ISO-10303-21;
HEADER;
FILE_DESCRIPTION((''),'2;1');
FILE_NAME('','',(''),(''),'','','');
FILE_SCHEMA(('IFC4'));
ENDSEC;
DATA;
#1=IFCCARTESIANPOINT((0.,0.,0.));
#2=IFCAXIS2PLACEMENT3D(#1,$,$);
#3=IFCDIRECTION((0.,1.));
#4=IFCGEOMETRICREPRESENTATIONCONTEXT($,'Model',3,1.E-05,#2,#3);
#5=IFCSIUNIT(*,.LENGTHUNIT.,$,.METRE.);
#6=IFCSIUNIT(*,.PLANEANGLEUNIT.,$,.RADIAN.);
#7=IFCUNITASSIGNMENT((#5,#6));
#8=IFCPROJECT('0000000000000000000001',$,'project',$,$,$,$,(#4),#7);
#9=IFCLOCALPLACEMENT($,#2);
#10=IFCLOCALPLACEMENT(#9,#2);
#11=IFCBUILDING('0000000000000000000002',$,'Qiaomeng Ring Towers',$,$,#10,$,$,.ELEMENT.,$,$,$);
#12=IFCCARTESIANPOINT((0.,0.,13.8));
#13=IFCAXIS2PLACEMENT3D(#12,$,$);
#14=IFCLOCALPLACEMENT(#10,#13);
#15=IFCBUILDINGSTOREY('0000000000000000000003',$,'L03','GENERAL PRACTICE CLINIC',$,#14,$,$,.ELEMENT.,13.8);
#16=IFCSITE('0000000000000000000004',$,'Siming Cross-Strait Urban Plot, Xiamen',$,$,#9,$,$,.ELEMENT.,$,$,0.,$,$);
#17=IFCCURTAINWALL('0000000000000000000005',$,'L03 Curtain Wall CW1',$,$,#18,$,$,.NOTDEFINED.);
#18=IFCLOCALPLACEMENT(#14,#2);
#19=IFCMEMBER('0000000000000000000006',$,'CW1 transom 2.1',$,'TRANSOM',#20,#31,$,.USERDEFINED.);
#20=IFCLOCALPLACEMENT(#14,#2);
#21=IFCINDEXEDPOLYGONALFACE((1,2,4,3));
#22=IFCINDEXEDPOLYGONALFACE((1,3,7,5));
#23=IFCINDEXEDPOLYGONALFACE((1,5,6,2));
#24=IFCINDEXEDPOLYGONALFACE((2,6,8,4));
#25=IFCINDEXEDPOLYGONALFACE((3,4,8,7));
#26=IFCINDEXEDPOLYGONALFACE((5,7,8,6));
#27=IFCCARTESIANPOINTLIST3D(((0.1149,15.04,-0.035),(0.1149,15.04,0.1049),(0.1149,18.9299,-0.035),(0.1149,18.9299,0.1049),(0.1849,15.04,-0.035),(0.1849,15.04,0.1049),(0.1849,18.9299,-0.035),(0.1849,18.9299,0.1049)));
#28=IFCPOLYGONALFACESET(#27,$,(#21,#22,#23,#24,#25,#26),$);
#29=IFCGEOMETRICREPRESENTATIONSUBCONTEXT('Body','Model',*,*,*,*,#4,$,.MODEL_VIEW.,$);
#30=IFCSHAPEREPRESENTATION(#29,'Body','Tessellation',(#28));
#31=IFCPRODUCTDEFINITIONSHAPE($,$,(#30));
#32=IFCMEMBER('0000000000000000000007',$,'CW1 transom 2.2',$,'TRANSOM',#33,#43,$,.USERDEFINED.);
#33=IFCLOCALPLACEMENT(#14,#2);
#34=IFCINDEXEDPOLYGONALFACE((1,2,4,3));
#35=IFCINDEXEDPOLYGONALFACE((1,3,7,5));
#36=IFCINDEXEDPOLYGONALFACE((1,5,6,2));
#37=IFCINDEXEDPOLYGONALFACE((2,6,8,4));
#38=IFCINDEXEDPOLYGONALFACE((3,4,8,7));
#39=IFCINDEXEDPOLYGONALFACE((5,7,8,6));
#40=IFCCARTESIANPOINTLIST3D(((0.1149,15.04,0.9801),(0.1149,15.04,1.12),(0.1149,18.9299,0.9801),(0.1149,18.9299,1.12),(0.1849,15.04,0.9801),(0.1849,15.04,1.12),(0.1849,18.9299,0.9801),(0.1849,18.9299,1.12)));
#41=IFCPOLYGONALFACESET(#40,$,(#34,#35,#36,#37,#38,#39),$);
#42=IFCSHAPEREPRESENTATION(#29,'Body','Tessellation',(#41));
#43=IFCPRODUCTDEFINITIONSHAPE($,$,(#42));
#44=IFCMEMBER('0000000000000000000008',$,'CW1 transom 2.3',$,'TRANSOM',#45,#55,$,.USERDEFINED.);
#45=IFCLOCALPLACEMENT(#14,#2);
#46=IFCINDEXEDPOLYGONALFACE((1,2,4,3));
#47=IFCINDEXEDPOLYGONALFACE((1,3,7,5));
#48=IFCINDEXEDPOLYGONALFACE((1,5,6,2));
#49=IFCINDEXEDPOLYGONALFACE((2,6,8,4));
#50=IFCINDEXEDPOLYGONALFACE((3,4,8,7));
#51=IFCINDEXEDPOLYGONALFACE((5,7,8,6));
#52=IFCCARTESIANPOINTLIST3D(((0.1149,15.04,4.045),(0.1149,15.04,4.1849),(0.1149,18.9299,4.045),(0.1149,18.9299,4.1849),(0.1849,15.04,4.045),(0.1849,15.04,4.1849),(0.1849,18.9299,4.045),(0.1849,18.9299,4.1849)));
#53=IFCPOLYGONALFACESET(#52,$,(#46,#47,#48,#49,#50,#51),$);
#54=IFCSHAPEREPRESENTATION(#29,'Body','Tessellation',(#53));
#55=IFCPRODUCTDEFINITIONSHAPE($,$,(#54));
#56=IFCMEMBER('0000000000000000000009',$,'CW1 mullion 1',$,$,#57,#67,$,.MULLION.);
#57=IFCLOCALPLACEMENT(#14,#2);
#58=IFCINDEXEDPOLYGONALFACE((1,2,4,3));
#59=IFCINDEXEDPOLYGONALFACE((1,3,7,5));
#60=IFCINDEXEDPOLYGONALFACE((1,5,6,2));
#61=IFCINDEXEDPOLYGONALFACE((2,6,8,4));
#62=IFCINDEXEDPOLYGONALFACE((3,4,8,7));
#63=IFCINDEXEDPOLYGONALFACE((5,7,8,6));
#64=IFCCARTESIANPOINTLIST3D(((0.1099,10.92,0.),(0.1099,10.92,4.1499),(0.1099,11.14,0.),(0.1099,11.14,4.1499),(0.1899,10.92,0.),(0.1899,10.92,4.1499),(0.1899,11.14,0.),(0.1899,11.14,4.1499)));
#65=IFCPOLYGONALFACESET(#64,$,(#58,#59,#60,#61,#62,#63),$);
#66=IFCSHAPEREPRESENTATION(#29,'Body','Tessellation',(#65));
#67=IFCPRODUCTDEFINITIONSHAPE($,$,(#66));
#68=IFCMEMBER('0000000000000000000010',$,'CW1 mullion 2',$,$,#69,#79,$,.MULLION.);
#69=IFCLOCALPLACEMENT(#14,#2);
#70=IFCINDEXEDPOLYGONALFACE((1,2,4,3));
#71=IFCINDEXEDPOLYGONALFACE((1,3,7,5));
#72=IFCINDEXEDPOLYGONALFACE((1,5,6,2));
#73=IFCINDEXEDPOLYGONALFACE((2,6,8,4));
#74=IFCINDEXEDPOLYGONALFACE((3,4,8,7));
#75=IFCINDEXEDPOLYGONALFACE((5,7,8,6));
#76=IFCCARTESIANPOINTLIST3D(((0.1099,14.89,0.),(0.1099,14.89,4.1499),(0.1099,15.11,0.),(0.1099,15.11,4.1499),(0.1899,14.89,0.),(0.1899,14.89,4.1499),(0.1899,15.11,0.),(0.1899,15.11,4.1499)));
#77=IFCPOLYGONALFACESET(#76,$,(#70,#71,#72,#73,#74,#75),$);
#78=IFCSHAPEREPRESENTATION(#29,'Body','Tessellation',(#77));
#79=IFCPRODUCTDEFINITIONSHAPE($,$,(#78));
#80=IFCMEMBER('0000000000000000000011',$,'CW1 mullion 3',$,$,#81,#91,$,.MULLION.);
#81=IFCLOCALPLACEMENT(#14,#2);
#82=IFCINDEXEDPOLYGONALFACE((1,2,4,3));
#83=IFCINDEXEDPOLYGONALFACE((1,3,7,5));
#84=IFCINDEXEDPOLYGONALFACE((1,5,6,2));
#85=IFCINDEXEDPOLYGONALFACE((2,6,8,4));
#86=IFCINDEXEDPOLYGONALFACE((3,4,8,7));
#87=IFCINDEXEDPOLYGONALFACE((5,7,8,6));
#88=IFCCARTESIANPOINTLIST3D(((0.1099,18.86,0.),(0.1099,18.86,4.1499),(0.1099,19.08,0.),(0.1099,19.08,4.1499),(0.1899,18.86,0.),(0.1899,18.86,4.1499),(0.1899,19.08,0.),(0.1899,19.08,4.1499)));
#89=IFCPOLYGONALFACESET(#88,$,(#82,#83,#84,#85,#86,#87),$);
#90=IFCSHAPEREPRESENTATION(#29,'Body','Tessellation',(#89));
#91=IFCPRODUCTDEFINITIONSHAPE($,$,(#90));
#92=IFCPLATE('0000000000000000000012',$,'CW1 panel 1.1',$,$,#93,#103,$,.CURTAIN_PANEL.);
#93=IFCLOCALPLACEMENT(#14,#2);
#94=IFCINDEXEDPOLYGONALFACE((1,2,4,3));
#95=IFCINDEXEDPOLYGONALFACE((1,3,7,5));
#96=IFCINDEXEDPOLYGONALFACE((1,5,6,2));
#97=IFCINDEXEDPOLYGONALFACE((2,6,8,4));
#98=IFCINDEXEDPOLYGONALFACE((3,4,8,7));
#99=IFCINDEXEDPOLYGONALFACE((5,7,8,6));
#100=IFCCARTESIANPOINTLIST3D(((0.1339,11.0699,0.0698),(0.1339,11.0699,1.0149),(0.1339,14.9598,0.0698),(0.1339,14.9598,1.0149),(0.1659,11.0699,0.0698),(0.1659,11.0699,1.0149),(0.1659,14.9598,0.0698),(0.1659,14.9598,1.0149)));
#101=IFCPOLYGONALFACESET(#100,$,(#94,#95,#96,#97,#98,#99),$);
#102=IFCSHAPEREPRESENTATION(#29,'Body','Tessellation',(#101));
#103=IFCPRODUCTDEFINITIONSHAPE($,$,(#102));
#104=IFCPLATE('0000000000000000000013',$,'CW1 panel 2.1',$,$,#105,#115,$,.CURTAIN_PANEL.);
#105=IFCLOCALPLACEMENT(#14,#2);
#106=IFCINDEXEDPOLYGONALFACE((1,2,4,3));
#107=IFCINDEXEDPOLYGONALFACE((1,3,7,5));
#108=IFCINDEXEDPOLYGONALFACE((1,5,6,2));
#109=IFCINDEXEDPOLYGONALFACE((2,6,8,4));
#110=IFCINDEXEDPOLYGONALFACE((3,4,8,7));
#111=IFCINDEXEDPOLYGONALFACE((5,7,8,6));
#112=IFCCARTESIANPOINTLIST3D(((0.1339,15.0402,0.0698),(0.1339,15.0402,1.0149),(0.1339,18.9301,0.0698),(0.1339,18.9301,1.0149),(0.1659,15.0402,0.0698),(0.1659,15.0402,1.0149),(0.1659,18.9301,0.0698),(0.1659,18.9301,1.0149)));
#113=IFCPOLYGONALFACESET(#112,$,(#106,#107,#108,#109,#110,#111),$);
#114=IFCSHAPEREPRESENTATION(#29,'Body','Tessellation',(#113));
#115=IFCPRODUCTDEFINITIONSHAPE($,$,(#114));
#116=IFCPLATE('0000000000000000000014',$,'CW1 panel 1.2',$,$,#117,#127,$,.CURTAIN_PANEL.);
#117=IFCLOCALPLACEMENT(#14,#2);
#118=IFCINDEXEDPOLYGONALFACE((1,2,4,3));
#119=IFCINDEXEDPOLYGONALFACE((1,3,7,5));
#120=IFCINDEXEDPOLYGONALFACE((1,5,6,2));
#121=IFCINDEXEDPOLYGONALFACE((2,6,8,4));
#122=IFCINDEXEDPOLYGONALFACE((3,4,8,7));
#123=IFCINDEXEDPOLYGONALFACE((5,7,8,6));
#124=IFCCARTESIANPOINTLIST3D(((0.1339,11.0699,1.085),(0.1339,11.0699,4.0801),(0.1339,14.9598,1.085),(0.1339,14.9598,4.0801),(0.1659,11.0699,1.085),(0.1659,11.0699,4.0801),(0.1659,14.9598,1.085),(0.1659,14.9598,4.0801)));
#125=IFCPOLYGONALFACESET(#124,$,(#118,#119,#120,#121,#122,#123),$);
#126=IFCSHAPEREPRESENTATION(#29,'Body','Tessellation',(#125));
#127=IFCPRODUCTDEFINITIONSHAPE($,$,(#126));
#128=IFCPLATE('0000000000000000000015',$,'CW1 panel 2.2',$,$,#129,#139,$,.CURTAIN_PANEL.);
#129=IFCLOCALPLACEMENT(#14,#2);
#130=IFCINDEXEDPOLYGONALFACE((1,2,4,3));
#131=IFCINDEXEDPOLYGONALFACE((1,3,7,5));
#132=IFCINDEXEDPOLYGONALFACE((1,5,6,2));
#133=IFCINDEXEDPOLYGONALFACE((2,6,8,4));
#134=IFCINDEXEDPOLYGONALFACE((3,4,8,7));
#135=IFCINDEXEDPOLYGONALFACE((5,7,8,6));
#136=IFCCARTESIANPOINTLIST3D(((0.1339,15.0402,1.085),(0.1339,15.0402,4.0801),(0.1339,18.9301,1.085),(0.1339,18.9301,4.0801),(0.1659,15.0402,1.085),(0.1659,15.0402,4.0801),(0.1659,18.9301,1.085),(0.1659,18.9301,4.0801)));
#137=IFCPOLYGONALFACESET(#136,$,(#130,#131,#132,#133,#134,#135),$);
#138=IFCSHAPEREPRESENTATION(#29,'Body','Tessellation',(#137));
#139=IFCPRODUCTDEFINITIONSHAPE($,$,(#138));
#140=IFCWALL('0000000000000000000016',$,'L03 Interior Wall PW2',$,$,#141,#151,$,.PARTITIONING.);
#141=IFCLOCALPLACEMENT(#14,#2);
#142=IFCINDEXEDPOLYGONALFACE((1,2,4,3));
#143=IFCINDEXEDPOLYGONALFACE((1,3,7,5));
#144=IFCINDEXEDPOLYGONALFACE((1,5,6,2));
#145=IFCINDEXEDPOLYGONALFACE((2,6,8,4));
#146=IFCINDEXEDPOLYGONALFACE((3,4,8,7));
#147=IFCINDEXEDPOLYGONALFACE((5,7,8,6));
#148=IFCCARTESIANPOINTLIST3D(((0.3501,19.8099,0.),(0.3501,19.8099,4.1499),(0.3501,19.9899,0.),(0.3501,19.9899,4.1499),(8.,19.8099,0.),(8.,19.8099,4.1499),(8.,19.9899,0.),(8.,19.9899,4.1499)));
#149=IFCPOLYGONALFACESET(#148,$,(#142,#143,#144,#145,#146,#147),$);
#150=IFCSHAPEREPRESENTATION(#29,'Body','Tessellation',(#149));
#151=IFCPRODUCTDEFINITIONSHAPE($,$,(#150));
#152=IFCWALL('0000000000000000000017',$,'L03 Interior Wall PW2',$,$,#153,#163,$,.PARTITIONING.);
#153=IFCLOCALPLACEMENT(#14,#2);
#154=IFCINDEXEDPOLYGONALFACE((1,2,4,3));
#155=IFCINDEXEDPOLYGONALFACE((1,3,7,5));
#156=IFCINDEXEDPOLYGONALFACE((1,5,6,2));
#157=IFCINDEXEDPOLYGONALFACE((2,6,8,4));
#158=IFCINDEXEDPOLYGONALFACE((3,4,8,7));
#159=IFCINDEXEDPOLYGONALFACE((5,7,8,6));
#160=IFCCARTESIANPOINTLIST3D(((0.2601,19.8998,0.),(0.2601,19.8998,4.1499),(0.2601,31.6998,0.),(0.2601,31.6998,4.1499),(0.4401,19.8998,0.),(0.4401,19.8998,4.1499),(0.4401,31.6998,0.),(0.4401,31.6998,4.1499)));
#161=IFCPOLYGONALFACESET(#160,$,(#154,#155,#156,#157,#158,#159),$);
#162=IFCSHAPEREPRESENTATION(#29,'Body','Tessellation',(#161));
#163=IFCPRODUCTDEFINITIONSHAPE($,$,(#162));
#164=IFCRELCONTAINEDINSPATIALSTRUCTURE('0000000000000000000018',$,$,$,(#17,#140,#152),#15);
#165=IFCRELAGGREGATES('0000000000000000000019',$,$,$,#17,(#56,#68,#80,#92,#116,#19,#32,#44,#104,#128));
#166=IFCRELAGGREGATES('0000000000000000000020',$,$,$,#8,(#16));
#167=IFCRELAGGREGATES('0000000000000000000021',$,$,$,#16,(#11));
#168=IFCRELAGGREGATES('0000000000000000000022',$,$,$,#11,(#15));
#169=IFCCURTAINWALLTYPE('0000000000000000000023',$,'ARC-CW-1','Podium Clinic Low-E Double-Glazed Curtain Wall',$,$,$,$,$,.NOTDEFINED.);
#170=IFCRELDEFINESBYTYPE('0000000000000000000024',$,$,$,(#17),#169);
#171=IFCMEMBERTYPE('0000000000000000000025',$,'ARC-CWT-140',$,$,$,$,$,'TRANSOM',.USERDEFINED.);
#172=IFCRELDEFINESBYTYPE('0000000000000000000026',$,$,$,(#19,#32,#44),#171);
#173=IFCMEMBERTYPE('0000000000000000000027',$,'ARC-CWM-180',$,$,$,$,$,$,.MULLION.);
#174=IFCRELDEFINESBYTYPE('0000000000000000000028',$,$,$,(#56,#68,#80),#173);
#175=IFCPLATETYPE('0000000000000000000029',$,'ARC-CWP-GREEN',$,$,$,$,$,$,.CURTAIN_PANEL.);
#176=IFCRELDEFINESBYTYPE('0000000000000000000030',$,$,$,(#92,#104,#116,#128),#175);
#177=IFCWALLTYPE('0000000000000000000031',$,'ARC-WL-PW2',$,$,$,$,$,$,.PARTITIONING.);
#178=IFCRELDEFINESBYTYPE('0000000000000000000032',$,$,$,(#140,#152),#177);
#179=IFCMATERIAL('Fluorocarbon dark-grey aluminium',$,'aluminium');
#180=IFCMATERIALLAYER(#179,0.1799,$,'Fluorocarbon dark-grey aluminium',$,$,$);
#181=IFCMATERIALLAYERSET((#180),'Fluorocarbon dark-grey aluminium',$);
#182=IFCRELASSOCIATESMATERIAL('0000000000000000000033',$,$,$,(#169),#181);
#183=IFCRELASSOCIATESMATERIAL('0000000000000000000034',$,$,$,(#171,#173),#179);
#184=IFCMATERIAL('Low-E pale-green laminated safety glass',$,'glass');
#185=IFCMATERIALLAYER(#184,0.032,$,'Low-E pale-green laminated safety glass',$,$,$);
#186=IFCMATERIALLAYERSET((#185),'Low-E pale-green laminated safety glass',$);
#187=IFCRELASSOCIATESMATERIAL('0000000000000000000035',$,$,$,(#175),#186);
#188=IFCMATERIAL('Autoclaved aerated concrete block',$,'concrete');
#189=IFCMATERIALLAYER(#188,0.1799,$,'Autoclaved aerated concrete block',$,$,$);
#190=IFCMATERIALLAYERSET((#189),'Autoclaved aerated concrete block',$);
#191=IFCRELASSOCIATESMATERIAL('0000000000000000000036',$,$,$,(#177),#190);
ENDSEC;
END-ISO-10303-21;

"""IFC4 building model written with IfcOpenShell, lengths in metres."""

from ifc_helpers import new_model, si_unit, direction, frame, frame_2d, origin, origin_2d, place, context, subcontext, project, spatial, rectangle, extrude, source, transform, mapped, material, layer, layer_set, material_profile, profile_set, type_object, element, aggregate, save


model = new_model("IFC4")

# Units and contexts
model_context = context("Model", 3, precision=1e-05, world=origin(), true_north=direction((0.0, 1.0)))
body_context = subcontext(model_context, "Body", "Model", "MODEL_VIEW")
ifc_project = project(units=[si_unit("LENGTHUNIT", "METRE"), si_unit("PLANEANGLEUNIT", "RADIAN")], contexts=[model_context])

# Site, building, storey
site_placement = place(None, origin())
site = spatial("IfcSite", under=ifc_project, at=site_placement, Name="Siming Cross-Strait Urban Plot, Xiamen", CompositionType="ELEMENT", RefElevation=0.0)
building_placement = place(site_placement, origin())
building = spatial("IfcBuilding", under=site, at=building_placement, Name="Qiaomeng Ring Towers", CompositionType="ELEMENT")
storey_placement = place(building_placement, frame((0.0, 0.0, 13.8)))
storey = spatial("IfcBuildingStorey", under=building, at=storey_placement, Name="L03", Description="GENERAL PRACTICE CLINIC", CompositionType="ELEMENT", Elevation=13.8)

# Curtain wall, members, plates
ifc_material_1 = material(Name="Fluorocarbon dark-grey aluminium", Category="aluminium")
ifc_layer_1 = layer(ifc_material_1, 0.1799, Name="Fluorocarbon dark-grey aluminium")
ifc_layer_set_1 = layer_set([ifc_layer_1], Name="Fluorocarbon dark-grey aluminium")
curtain_wall_type = type_object("IfcCurtainWallType", Name="ARC-CW-1", Description="Podium Clinic Low-E Double-Glazed Curtain Wall", PredefinedType="NOTDEFINED", material=ifc_layer_set_1)
curtain_wall_placement = place(storey_placement, origin())
curtain_wall = element("IfcCurtainWall", 1, at=curtain_wall_placement, inside=storey, type_object=curtain_wall_type, Name="L03 Curtain Wall CW1", PredefinedType="NOTDEFINED")
ifc_material_profile_1 = material_profile(ifc_material_1, rectangle(XDim=0.0701, YDim=0.1399, at=origin_2d()), Name="ALU TRAN 70x140")
ifc_profile_set_1 = profile_set([ifc_material_profile_1], Name="Fluorocarbon dark-grey aluminium")
member_type_1 = type_object("IfcMemberType", Name="ARC-CWT-140", ElementType="TRANSOM", PredefinedType="USERDEFINED", material=ifc_profile_set_1)
shared_shape_1 = source(origin(), body_context, "Body", "SweptSolid", [
    extrude(rectangle(XDim=0.0701, YDim=0.1399, at=origin_2d()), origin(), (0.0, 0.0, 1.0), 3.8899),
])
member_1_placement = place(storey_placement, frame((0.1499, 15.04, 0.0349), z_axis=(0.0, 1.0, 0.0), x_axis=(-1.0, 0.0, 0.0)))
member_1 = element("IfcMember", 2, at=member_1_placement, type_object=member_type_1, Name="CW1 transom 2.1", ObjectType="TRANSOM", PredefinedType="USERDEFINED", context=body_context, shape_type="MappedRepresentation", body=[
    mapped(shared_shape_1, transform((0.0, 0.0, 0.0), x_axis=(1.0, 0.0, 0.0), y_axis=(0.0, 1.0, 0.0), z_axis=(0.0, 0.0, 1.0), scale=1.0)),
])
member_2_placement = place(storey_placement, frame((0.1499, 15.04, 1.05), z_axis=(0.0, 1.0, 0.0), x_axis=(-1.0, 0.0, 0.0)))
member_2 = element("IfcMember", 3, at=member_2_placement, type_object=member_type_1, Name="CW1 transom 2.2", ObjectType="TRANSOM", PredefinedType="USERDEFINED", context=body_context, shape_type="MappedRepresentation", body=[
    mapped(shared_shape_1, transform((0.0, 0.0, 0.0), x_axis=(1.0, 0.0, 0.0), y_axis=(0.0, 1.0, 0.0), z_axis=(0.0, 0.0, 1.0), scale=1.0)),
])
member_3_placement = place(storey_placement, frame((0.1499, 15.04, 4.115), z_axis=(0.0, 1.0, 0.0), x_axis=(-1.0, 0.0, 0.0)))
member_3 = element("IfcMember", 4, at=member_3_placement, type_object=member_type_1, Name="CW1 transom 2.3", ObjectType="TRANSOM", PredefinedType="USERDEFINED", context=body_context, shape_type="MappedRepresentation", body=[
    mapped(shared_shape_1, transform((0.0, 0.0, 0.0), x_axis=(1.0, 0.0, 0.0), y_axis=(0.0, 1.0, 0.0), z_axis=(0.0, 0.0, 1.0), scale=1.0)),
])
ifc_material_profile_2 = material_profile(ifc_material_1, rectangle(XDim=0.0801, YDim=0.22, at=origin_2d()), Name="ALU MULL 80x220")
ifc_profile_set_2 = profile_set([ifc_material_profile_2], Name="Fluorocarbon dark-grey aluminium")
member_type_2 = type_object("IfcMemberType", Name="ARC-CWM-180", PredefinedType="MULLION", material=ifc_profile_set_2)
shared_shape_2 = source(origin(), body_context, "Body", "SweptSolid", [
    extrude(rectangle(XDim=0.0801, YDim=0.22, at=origin_2d()), origin(), (0.0, 0.0, 1.0), 4.1499),
])
member_4_placement = place(storey_placement, frame((0.1499, 11.03, 0.0), z_axis=(0.0, 0.0, 1.0), x_axis=(-1.0, 0.0, 0.0)))
member_4 = element("IfcMember", 5, at=member_4_placement, type_object=member_type_2, Name="CW1 mullion 1", PredefinedType="MULLION", context=body_context, shape_type="MappedRepresentation", body=[
    mapped(shared_shape_2, transform((0.0, 0.0, 0.0), x_axis=(1.0, 0.0, 0.0), y_axis=(0.0, 1.0, 0.0), z_axis=(0.0, 0.0, 1.0), scale=1.0)),
])
member_5_placement = place(storey_placement, frame((0.1499, 15.0, 0.0), z_axis=(0.0, 0.0, 1.0), x_axis=(-1.0, 0.0, 0.0)))
member_5 = element("IfcMember", 6, at=member_5_placement, type_object=member_type_2, Name="CW1 mullion 2", PredefinedType="MULLION", context=body_context, shape_type="MappedRepresentation", body=[
    mapped(shared_shape_2, transform((0.0, 0.0, 0.0), x_axis=(1.0, 0.0, 0.0), y_axis=(0.0, 1.0, 0.0), z_axis=(0.0, 0.0, 1.0), scale=1.0)),
])
member_6_placement = place(storey_placement, frame((0.1499, 18.97, 0.0), z_axis=(0.0, 0.0, 1.0), x_axis=(-1.0, 0.0, 0.0)))
member_6 = element("IfcMember", 7, at=member_6_placement, type_object=member_type_2, Name="CW1 mullion 3", PredefinedType="MULLION", context=body_context, shape_type="MappedRepresentation", body=[
    mapped(shared_shape_2, transform((0.0, 0.0, 0.0), x_axis=(1.0, 0.0, 0.0), y_axis=(0.0, 1.0, 0.0), z_axis=(0.0, 0.0, 1.0), scale=1.0)),
])
ifc_material_2 = material(Name="Low-E pale-green laminated safety glass", Category="glass")
ifc_layer_2 = layer(ifc_material_2, 0.032, Name="Low-E pale-green laminated safety glass")
ifc_layer_set_2 = layer_set([ifc_layer_2], Name="Low-E pale-green laminated safety glass")
plate_type = type_object("IfcPlateType", Name="ARC-CWP-GREEN", PredefinedType="CURTAIN_PANEL", material=ifc_layer_set_2)
shared_shape_3 = source(origin(), body_context, "Body", "SweptSolid", [
    extrude(rectangle(XDim=3.8899, YDim=0.032, at=origin_2d()), origin(), (0.0, 0.0, 1.0), 0.9451),
])
plate_1_placement = place(storey_placement, frame((0.1499, 13.0149, 0.0698), z_axis=(0.0, 0.0, 1.0), x_axis=(0.0, 1.0, 0.0)))
plate_1 = element("IfcPlate", 8, at=plate_1_placement, type_object=plate_type, Name="CW1 panel 1.1", PredefinedType="CURTAIN_PANEL", context=body_context, shape_type="MappedRepresentation", body=[
    mapped(shared_shape_3, transform((0.0, 0.0, 0.0), x_axis=(1.0, 0.0, 0.0), y_axis=(0.0, 1.0, 0.0), z_axis=(0.0, 0.0, 1.0), scale=1.0)),
])
plate_2_placement = place(storey_placement, frame((0.1499, 16.9851, 0.0698), z_axis=(0.0, 0.0, 1.0), x_axis=(0.0, 1.0, 0.0)))
plate_2 = element("IfcPlate", 9, at=plate_2_placement, type_object=plate_type, Name="CW1 panel 2.1", PredefinedType="CURTAIN_PANEL", context=body_context, shape_type="MappedRepresentation", body=[
    mapped(shared_shape_3, transform((0.0, 0.0, 0.0), x_axis=(1.0, 0.0, 0.0), y_axis=(0.0, 1.0, 0.0), z_axis=(0.0, 0.0, 1.0), scale=1.0)),
])
shared_shape_4 = source(origin(), body_context, "Body", "SweptSolid", [
    extrude(rectangle(XDim=3.8899, YDim=0.032, at=origin_2d()), origin(), (0.0, 0.0, 1.0), 2.9951),
])
plate_3_placement = place(storey_placement, frame((0.1499, 13.0149, 1.085), z_axis=(0.0, 0.0, 1.0), x_axis=(0.0, 1.0, 0.0)))
plate_3 = element("IfcPlate", 10, at=plate_3_placement, type_object=plate_type, Name="CW1 panel 1.2", PredefinedType="CURTAIN_PANEL", context=body_context, shape_type="MappedRepresentation", body=[
    mapped(shared_shape_4, transform((0.0, 0.0, 0.0), x_axis=(1.0, 0.0, 0.0), y_axis=(0.0, 1.0, 0.0), z_axis=(0.0, 0.0, 1.0), scale=1.0)),
])
plate_4_placement = place(storey_placement, frame((0.1499, 16.9851, 1.085), z_axis=(0.0, 0.0, 1.0), x_axis=(0.0, 1.0, 0.0)))
plate_4 = element("IfcPlate", 11, at=plate_4_placement, type_object=plate_type, Name="CW1 panel 2.2", PredefinedType="CURTAIN_PANEL", context=body_context, shape_type="MappedRepresentation", body=[
    mapped(shared_shape_4, transform((0.0, 0.0, 0.0), x_axis=(1.0, 0.0, 0.0), y_axis=(0.0, 1.0, 0.0), z_axis=(0.0, 0.0, 1.0), scale=1.0)),
])
aggregate(curtain_wall, [member_4, member_5, member_6, plate_1, plate_3, member_1, member_2, member_3, plate_2, plate_4])

# Walls
ifc_material_3 = material(Name="Autoclaved aerated concrete block", Category="concrete")
ifc_layer_3 = layer(ifc_material_3, 0.1799, Name="Autoclaved aerated concrete block")
ifc_layer_set_3 = layer_set([ifc_layer_3], Name="Autoclaved aerated concrete block")
wall_type_1 = type_object("IfcWallType", Name="ARC-WL-PW2", PredefinedType="PARTITIONING", material=ifc_layer_set_3)
wall_1_placement = place(storey_placement, frame((0.3501, 19.8999, 0.0), z_axis=(0.0, 0.0, 1.0), x_axis=(1.0, 0.0, 0.0)))
element("IfcWall", 12, at=wall_1_placement, inside=storey, type_object=wall_type_1, Name="L03 Interior Wall PW2", PredefinedType="PARTITIONING", context=body_context, shape_type="SweptSolid", body=[
    extrude(rectangle(XDim=7.6499, YDim=0.1799, at=frame_2d((3.825, 0.0))), origin(), (0.0, 0.0, 1.0), 4.1499),
])
wall_2_placement = place(storey_placement, frame((0.3501, 19.8999, 0.0), z_axis=(0.0, 0.0, 1.0), x_axis=(0.0, 1.0, 0.0)))
element("IfcWall", 13, at=wall_2_placement, inside=storey, type_object=wall_type_1, Name="L03 Interior Wall PW2", PredefinedType="PARTITIONING", context=body_context, shape_type="SweptSolid", body=[
    extrude(rectangle(XDim=11.8, YDim=0.1799, at=frame_2d((5.8999, 0.0))), origin(), (0.0, 0.0, 1.0), 4.1499),
])

save(model, "model.ifc")
